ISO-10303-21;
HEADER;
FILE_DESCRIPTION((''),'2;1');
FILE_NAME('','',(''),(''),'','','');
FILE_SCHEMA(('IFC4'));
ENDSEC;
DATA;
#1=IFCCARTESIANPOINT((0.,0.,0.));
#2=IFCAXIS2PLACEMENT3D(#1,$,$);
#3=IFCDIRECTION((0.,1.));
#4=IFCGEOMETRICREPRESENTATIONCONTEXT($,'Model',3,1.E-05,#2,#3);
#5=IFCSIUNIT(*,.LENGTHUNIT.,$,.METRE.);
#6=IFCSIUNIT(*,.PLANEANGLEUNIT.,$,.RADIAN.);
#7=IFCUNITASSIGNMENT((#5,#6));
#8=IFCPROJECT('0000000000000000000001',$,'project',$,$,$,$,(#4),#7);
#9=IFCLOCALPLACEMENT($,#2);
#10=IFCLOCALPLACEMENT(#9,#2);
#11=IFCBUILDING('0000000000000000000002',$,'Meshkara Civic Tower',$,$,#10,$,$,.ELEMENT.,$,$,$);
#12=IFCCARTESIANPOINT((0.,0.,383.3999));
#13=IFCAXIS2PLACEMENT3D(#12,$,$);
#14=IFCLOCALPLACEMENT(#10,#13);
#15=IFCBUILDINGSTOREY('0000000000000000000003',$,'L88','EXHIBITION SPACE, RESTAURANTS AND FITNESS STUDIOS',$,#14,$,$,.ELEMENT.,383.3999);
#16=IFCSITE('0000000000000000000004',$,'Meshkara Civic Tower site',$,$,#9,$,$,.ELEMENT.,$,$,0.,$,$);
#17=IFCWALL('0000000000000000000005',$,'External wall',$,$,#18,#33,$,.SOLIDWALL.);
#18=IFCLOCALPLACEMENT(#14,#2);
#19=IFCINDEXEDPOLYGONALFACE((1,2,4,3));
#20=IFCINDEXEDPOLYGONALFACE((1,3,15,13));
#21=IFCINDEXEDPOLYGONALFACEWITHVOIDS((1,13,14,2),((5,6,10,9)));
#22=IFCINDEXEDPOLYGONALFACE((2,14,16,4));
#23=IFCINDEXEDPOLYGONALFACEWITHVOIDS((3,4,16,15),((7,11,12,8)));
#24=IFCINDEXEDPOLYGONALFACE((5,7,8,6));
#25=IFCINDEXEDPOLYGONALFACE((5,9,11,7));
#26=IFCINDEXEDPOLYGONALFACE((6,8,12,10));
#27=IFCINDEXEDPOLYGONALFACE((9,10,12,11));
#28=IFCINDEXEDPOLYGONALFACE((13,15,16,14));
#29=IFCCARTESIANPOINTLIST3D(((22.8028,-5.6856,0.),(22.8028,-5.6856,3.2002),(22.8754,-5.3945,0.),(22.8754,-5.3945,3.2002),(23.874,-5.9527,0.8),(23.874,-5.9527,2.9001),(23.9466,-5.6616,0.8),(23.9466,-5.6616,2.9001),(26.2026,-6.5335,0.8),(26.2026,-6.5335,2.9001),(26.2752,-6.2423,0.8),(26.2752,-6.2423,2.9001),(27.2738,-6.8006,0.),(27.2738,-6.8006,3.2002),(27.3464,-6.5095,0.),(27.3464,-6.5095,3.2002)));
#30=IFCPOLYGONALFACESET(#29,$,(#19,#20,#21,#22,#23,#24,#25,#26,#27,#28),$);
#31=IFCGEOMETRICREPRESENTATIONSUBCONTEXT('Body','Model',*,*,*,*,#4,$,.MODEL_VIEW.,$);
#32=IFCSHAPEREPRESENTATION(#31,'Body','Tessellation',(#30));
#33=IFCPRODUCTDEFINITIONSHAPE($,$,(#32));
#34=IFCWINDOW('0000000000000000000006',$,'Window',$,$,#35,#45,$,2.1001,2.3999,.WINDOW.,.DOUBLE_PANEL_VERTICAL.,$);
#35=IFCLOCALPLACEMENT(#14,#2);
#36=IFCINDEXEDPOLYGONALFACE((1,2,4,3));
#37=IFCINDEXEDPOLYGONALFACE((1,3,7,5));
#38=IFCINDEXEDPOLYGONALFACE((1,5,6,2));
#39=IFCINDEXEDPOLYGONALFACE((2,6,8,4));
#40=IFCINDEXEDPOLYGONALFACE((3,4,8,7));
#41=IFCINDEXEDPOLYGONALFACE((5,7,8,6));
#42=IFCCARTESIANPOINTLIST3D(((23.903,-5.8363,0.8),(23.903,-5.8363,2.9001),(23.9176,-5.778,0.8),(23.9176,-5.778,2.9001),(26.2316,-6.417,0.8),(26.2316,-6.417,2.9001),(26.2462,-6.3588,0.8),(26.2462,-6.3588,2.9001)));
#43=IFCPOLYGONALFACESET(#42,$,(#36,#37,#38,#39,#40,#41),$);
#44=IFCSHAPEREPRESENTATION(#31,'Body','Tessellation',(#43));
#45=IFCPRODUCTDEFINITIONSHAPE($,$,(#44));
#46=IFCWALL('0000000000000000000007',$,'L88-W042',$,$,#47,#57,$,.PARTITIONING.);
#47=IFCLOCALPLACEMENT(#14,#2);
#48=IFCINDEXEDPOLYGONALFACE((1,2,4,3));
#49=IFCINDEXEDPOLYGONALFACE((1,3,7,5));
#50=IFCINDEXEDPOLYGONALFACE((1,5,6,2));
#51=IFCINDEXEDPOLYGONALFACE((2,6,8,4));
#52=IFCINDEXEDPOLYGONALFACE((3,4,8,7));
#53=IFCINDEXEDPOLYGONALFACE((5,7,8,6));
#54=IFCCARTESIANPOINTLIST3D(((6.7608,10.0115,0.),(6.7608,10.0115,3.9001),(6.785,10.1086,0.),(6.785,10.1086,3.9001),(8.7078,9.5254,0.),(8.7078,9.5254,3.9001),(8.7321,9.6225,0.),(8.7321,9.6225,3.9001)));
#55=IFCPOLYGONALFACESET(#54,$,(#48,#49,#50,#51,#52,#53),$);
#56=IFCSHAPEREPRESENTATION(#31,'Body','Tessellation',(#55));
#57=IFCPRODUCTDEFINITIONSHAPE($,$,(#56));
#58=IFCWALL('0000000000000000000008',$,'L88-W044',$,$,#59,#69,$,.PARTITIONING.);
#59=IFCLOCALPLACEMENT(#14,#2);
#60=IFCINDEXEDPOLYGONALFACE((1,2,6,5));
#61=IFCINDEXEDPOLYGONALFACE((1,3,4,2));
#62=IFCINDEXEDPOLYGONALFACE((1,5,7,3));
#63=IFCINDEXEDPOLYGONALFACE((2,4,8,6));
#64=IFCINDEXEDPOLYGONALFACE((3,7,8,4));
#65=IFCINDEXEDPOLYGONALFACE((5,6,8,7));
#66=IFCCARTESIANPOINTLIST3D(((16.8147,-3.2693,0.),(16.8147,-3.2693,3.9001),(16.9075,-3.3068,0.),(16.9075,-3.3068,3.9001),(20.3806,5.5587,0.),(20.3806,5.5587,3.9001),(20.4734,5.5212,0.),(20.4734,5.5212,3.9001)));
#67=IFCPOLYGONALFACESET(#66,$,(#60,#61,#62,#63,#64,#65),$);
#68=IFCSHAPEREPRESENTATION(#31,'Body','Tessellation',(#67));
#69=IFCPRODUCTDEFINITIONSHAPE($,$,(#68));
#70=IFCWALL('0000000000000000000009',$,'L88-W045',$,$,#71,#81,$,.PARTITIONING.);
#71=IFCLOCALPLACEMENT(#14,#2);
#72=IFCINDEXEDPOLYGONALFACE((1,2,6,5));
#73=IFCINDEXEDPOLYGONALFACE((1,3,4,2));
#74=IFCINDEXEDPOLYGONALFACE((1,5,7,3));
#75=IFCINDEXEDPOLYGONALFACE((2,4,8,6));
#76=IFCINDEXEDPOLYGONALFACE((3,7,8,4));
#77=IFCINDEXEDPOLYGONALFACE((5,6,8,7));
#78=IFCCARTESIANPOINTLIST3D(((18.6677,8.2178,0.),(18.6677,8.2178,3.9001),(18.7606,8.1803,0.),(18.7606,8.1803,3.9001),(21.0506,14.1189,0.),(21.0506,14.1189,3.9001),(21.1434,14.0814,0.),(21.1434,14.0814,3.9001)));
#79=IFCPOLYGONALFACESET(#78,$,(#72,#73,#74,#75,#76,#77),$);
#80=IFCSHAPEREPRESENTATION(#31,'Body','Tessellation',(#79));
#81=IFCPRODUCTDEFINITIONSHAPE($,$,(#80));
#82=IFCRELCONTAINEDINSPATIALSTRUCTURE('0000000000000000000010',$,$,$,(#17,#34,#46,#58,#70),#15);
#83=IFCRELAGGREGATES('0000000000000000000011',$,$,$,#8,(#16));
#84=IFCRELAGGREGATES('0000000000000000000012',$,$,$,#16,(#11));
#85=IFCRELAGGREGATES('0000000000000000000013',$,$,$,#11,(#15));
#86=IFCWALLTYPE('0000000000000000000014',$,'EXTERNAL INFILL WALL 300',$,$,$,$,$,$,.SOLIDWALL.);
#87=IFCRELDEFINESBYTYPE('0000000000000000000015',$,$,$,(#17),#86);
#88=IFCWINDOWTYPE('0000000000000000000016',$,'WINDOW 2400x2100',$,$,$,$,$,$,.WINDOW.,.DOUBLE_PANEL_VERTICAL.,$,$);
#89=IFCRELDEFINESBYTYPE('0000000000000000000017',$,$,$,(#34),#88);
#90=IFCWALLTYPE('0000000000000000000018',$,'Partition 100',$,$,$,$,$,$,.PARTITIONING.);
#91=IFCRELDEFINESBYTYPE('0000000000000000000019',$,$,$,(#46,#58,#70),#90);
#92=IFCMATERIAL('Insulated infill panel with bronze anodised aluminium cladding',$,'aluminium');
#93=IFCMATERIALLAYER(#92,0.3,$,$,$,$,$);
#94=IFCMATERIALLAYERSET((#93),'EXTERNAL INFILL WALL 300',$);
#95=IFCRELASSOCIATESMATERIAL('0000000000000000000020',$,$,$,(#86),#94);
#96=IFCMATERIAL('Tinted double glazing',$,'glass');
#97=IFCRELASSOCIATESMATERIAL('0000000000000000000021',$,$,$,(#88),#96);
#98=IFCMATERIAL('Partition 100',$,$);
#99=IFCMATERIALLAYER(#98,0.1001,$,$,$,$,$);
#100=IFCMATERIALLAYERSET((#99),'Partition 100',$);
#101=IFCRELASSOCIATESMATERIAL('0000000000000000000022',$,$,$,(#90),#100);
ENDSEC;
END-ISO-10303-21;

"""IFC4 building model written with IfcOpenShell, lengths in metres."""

from ifc_helpers import new_model, si_unit, direction, frame, frame_2d, origin, place, context, subcontext, project, spatial, rectangle, extrude, material, layer, layer_set, type_object, element, fill, save


model = new_model("IFC4")

# Units and contexts
model_context = context("Model", 3, precision=1e-05, world=origin(), true_north=direction((0.0, 1.0)))
body_context = subcontext(model_context, "Body", "Model", "MODEL_VIEW")
ifc_project = project(units=[si_unit("LENGTHUNIT", "METRE"), si_unit("PLANEANGLEUNIT", "RADIAN")], contexts=[model_context])

# Site, building, storey
site_placement = place(None, origin())
site = spatial("IfcSite", under=ifc_project, at=site_placement, Name="Meshkara Civic Tower site", CompositionType="ELEMENT", RefElevation=0.0)
building_placement = place(site_placement, origin())
building = spatial("IfcBuilding", under=site, at=building_placement, Name="Meshkara Civic Tower", CompositionType="ELEMENT")
storey_placement = place(building_placement, frame((0.0, 0.0, 383.3999)))
storey = spatial("IfcBuildingStorey", under=building, at=storey_placement, Name="L88", Description="EXHIBITION SPACE, RESTAURANTS AND FITNESS STUDIOS", CompositionType="ELEMENT", Elevation=383.3999)

# Wall, opening, window
ifc_material_1 = material(Name="Insulated infill panel with bronze anodised aluminium cladding", Category="aluminium")
ifc_layer_1 = layer(ifc_material_1, 0.3)
ifc_layer_set_1 = layer_set([ifc_layer_1], Name="EXTERNAL INFILL WALL 300")
wall_type_1 = type_object("IfcWallType", Name="EXTERNAL INFILL WALL 300", PredefinedType="SOLIDWALL", material=ifc_layer_set_1)
ifc_material_2 = material(Name="Tinted double glazing", Category="glass")
window_type = type_object("IfcWindowType", Name="WINDOW 2400x2100", PartitioningType="DOUBLE_PANEL_VERTICAL", PredefinedType="WINDOW", material=ifc_material_2)
wall_1_placement = place(storey_placement, frame((22.8391, -5.54, 0.0), z_axis=(0.0, 0.0, 1.0), x_axis=(0.970283, -0.241975, 0.0)))
wall_1 = element("IfcWall", 1, at=wall_1_placement, inside=storey, type_object=wall_type_1, Name="External wall", PredefinedType="SOLIDWALL", context=body_context, shape_type="SweptSolid", body=[
    extrude(rectangle(XDim=4.6079, YDim=0.3, at=frame_2d((2.304, 0.0))), origin(), (0.0, 0.0, 1.0), 3.2002),
])
opening_1_placement = place(wall_1_placement, frame((1.104, 0.0, 0.8)))
opening_1 = element("IfcOpeningElement", 2, at=opening_1_placement, cuts=wall_1, PredefinedType="OPENING", context=body_context, shape_type="SweptSolid", body=[
    extrude(rectangle(XDim=2.3999, YDim=2.1001, at=frame_2d((1.2, 1.05))), frame((0.0, 0.1599, 0.0), z_axis=(0.0, -1.0, 0.0), x_axis=(1.0, 0.0, 0.0)), (0.0, 0.0, 1.0), 0.3201),
])
window_1_placement = place(opening_1_placement, origin())
window_1 = element("IfcWindow", 3, at=window_1_placement, inside=storey, type_object=window_type, Name="Window", OverallHeight=2.1001, OverallWidth=2.3999, PartitioningType="DOUBLE_PANEL_VERTICAL", PredefinedType="WINDOW", context=body_context, shape_type="SweptSolid", body=[
    extrude(rectangle(XDim=2.3999, YDim=2.1001, at=frame_2d((1.2, 1.05))), frame((0.0, 0.03, 0.0), z_axis=(0.0, -1.0, 0.0), x_axis=(1.0, 0.0, 0.0)), (0.0, 0.0, 1.0), 0.0601),
])
fill(opening_1, window_1)

# Walls
ifc_material_3 = material(Name="Partition 100")
ifc_layer_2 = layer(ifc_material_3, 0.1001)
ifc_layer_set_2 = layer_set([ifc_layer_2], Name="Partition 100")
wall_type_2 = type_object("IfcWallType", Name="Partition 100", PredefinedType="PARTITIONING", material=ifc_layer_set_2)
wall_2_placement = place(storey_placement, frame((8.72, 9.574, 0.0), z_axis=(0.0, 0.0, 1.0), x_axis=(-0.970221, 0.242221, 0.0)))
element("IfcWall", 4, at=wall_2_placement, inside=storey, type_object=wall_type_2, Name="L88-W042", PredefinedType="PARTITIONING", context=body_context, shape_type="SweptSolid", body=[
    extrude(rectangle(XDim=2.0068, YDim=0.1001, at=frame_2d((1.0034, 0.0))), origin(), (0.0, 0.0, 1.0), 3.9001),
])
wall_3_placement = place(storey_placement, frame((16.8611, -3.2881, 0.0), z_axis=(0.0, 0.0, 1.0), x_axis=(0.374527, 0.927216, 0.0)))
element("IfcWall", 5, at=wall_3_placement, inside=storey, type_object=wall_type_2, Name="L88-W044", PredefinedType="PARTITIONING", context=body_context, shape_type="SweptSolid", body=[
    extrude(rectangle(XDim=9.521, YDim=0.1001, at=frame_2d((4.7605, 0.0))), origin(), (0.0, 0.0, 1.0), 3.9001),
])
wall_4_placement = place(storey_placement, frame((18.7141, 8.199, 0.0), z_axis=(0.0, 0.0, 1.0), x_axis=(0.374418, 0.92726, 0.0)))
element("IfcWall", 6, at=wall_4_placement, inside=storey, type_object=wall_type_2, Name="L88-W045", PredefinedType="PARTITIONING", context=body_context, shape_type="SweptSolid", body=[
    extrude(rectangle(XDim=6.364, YDim=0.1001, at=frame_2d((3.1821, 0.0))), origin(), (0.0, 0.0, 1.0), 3.9001),
])

save(model, "model.ifc")
